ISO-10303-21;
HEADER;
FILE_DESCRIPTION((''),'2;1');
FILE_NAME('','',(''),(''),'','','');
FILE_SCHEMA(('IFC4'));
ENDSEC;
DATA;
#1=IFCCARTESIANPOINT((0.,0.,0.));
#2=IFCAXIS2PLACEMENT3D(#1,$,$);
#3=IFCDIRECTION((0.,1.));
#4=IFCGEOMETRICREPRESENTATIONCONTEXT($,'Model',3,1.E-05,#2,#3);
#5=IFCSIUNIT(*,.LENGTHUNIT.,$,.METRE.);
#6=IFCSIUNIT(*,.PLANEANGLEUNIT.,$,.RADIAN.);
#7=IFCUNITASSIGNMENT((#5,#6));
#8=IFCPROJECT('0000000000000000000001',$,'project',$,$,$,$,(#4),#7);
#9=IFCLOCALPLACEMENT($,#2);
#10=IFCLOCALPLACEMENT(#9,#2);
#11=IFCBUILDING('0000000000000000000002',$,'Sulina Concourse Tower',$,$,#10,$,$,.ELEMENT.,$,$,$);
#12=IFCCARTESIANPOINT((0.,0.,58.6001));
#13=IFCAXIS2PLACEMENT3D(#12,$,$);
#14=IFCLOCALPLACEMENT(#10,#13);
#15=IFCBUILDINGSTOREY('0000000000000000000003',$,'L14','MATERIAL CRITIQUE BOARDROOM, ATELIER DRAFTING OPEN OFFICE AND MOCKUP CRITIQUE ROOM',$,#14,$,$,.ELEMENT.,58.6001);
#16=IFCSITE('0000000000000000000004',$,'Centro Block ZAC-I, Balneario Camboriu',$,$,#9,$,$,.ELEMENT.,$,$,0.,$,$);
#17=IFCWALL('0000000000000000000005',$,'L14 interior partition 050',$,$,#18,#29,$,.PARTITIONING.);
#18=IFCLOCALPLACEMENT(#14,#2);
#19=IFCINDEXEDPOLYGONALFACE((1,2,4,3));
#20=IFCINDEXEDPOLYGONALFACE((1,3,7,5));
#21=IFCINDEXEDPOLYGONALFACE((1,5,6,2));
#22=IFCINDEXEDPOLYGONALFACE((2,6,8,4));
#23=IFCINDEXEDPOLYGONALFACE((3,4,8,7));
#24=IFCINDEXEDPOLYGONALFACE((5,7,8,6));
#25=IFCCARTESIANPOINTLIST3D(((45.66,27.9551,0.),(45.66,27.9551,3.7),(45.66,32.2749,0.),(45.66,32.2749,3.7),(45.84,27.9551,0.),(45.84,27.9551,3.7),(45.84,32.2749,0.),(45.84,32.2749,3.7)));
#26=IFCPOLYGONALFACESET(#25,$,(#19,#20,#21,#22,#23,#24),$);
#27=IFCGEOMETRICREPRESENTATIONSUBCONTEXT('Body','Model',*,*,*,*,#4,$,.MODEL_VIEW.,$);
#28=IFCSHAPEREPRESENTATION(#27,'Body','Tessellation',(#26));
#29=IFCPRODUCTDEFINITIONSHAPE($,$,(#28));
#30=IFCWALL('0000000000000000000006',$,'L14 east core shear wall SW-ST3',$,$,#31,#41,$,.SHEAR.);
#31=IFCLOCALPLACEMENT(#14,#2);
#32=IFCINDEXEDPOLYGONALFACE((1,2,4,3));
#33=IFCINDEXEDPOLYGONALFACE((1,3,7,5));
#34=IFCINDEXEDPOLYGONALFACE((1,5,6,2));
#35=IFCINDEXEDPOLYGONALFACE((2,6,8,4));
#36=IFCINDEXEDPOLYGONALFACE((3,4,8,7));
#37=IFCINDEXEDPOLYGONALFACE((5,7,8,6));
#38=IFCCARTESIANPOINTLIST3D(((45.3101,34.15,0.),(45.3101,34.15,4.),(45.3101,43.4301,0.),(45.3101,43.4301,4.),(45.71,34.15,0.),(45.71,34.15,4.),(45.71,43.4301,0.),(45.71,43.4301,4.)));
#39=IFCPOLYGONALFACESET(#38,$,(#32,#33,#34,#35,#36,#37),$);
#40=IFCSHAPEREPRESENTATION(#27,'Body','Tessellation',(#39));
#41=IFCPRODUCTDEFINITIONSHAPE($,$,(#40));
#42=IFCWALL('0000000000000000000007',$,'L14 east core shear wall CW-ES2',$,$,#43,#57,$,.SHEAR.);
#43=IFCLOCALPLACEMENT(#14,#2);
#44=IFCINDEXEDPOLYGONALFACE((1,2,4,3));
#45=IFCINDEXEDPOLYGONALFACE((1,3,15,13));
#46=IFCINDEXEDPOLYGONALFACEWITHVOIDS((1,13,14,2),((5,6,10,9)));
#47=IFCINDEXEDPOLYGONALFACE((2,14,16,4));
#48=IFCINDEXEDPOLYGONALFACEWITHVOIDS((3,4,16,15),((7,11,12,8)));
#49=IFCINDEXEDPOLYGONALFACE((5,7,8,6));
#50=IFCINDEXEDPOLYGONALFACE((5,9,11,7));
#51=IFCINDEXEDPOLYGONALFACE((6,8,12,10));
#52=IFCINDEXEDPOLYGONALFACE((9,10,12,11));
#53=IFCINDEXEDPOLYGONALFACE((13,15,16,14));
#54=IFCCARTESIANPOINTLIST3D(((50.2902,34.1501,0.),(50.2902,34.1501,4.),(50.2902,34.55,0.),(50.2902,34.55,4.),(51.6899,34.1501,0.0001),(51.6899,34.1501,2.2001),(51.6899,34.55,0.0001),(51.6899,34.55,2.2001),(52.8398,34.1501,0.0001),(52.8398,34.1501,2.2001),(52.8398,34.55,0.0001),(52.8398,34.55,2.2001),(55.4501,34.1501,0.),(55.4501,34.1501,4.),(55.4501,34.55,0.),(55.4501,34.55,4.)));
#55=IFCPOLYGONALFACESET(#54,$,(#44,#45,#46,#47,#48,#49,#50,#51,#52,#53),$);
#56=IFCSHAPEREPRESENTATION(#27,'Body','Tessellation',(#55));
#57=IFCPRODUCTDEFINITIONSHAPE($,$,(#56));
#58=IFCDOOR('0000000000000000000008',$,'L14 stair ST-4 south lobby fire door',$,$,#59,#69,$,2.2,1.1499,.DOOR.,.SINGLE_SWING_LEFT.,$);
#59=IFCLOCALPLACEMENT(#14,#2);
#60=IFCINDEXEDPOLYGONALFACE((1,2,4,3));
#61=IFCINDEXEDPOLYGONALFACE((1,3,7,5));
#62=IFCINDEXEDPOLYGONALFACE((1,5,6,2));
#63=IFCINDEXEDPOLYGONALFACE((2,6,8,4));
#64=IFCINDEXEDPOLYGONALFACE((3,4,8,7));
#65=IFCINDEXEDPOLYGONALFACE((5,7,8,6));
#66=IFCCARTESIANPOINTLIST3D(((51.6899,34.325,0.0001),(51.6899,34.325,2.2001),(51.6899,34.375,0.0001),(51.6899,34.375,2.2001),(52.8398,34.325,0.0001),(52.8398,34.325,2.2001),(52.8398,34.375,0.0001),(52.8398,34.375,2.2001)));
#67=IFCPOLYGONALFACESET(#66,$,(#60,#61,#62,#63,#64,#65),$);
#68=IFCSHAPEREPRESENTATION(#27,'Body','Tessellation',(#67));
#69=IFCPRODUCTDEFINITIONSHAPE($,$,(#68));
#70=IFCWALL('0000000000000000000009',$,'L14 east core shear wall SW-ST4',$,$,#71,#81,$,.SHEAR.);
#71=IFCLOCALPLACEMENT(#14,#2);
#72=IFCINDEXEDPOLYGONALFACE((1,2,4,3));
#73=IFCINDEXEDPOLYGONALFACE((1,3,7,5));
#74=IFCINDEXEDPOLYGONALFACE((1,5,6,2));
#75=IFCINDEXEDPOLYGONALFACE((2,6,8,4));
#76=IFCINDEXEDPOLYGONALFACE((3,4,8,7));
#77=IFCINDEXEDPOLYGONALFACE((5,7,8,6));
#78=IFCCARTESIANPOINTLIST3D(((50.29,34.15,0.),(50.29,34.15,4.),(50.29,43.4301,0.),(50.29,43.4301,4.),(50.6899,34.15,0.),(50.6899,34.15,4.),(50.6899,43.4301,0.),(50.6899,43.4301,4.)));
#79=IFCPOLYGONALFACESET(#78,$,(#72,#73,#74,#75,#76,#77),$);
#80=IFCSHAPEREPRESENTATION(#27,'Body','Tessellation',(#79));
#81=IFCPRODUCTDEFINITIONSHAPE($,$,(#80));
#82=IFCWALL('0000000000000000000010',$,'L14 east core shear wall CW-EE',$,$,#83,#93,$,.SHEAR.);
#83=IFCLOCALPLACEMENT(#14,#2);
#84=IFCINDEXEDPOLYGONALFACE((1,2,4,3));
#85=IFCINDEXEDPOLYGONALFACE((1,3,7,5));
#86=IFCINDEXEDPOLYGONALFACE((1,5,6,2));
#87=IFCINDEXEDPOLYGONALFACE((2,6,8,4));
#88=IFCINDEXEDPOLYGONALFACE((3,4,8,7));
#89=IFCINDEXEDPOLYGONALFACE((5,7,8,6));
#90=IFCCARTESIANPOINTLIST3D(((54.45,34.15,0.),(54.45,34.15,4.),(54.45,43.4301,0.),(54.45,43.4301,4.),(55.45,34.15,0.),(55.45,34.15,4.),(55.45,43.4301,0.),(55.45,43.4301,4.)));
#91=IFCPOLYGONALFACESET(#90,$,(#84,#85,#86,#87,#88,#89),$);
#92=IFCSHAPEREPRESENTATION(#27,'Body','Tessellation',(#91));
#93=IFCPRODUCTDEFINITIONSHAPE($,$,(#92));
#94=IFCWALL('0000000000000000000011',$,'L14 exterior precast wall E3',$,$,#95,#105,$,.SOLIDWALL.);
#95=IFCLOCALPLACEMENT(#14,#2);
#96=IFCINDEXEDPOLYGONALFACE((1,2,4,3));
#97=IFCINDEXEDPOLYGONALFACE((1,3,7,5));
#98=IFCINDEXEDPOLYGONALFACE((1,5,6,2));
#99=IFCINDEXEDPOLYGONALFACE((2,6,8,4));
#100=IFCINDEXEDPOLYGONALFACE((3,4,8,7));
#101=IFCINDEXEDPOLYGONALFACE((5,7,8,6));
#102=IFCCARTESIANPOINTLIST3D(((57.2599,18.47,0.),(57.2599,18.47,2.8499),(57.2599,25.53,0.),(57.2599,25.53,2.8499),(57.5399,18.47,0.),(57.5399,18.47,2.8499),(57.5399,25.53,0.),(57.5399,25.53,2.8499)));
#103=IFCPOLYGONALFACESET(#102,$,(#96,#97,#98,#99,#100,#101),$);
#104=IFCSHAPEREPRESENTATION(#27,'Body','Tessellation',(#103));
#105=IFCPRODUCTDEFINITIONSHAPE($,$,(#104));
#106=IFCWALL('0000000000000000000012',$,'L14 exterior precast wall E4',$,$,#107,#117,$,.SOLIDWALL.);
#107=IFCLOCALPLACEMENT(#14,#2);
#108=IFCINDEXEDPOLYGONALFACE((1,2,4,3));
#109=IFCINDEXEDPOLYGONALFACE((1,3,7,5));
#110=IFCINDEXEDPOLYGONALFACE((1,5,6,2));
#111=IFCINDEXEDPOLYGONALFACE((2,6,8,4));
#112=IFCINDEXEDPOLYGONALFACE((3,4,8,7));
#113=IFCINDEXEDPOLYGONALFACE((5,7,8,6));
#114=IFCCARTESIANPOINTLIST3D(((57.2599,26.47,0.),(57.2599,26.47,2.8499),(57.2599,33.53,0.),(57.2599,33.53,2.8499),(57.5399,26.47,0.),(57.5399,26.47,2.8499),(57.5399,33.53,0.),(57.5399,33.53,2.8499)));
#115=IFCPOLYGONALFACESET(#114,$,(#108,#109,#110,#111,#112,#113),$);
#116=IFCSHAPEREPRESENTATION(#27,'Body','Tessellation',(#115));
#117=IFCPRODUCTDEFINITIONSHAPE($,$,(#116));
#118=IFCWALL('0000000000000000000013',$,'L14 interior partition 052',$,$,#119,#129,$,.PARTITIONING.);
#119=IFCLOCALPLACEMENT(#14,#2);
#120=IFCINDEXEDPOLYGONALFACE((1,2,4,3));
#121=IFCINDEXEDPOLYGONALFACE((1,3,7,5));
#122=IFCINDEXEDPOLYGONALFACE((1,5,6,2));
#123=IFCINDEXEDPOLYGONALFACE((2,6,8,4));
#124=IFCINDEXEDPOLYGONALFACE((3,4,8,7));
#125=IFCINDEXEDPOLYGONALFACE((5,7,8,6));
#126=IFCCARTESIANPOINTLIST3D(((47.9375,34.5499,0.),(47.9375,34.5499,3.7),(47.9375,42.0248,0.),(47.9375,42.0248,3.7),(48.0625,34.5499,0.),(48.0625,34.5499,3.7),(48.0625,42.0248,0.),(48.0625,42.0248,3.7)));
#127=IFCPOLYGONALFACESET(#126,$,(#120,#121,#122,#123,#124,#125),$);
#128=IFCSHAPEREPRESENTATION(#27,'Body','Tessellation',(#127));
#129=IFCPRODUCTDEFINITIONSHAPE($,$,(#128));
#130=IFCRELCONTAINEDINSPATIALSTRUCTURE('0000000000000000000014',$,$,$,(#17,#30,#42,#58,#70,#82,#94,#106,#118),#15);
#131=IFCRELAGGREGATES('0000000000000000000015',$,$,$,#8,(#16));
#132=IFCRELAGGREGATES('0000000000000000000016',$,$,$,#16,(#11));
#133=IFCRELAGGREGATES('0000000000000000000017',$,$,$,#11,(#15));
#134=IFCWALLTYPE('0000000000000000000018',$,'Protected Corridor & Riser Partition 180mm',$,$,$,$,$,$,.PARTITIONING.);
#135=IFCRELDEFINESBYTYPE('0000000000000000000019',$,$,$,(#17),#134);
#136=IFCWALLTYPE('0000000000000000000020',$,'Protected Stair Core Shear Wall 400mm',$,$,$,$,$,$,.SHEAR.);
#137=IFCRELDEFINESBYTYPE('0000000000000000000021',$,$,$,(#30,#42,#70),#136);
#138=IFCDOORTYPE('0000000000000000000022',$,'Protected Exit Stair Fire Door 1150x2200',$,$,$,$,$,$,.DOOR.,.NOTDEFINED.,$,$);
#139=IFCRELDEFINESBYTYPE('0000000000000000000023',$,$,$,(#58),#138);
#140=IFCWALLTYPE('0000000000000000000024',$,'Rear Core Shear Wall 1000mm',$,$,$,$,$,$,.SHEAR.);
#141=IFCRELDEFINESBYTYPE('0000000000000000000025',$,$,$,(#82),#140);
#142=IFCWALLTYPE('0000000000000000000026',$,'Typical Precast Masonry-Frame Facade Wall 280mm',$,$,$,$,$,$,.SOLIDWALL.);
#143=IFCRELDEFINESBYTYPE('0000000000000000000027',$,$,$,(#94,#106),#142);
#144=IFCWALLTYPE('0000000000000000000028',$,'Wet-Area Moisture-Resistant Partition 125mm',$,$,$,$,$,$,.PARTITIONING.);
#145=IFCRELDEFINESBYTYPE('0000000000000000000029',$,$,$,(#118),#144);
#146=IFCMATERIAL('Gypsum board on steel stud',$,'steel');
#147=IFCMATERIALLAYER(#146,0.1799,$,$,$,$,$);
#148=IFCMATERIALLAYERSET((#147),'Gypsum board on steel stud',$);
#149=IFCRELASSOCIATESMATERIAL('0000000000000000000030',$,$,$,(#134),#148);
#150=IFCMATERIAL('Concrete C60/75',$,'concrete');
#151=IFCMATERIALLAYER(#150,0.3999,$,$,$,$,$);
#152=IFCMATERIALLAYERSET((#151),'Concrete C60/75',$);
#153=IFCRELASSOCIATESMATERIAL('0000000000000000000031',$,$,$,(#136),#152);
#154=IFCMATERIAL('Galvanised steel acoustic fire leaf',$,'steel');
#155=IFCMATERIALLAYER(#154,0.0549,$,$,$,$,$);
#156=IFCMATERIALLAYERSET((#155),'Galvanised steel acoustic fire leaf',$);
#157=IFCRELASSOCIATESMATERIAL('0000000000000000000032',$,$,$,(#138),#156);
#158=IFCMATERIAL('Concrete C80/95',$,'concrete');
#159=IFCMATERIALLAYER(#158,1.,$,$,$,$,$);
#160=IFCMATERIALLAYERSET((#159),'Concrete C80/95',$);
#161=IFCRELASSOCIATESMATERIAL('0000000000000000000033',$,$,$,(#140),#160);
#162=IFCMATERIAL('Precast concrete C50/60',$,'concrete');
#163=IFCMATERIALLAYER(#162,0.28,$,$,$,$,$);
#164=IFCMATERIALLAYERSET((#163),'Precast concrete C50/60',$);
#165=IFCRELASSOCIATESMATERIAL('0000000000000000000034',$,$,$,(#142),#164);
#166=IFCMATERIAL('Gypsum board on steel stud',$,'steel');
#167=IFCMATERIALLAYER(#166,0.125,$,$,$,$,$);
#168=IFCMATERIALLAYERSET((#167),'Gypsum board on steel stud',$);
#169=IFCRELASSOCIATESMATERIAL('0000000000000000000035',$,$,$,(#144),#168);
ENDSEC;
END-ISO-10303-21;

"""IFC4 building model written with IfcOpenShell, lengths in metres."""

from ifc_helpers import new_model, si_unit, direction, frame, frame_2d, origin, place, context, subcontext, project, spatial, rectangle, extrude, material, layer, layer_set, type_object, element, fill, save


model = new_model("IFC4")

# Units and contexts
model_context = context("Model", 3, precision=1e-05, world=origin(), true_north=direction((0.0, 1.0)))
body_context = subcontext(model_context, "Body", "Model", "MODEL_VIEW")
ifc_project = project(units=[si_unit("LENGTHUNIT", "METRE"), si_unit("PLANEANGLEUNIT", "RADIAN")], contexts=[model_context])

# Site, building, storey
site_placement = place(None, origin())
site = spatial("IfcSite", under=ifc_project, at=site_placement, Name="Centro Block ZAC-I, Balneario Camboriu", CompositionType="ELEMENT", RefElevation=0.0)
building_placement = place(site_placement, origin())
building = spatial("IfcBuilding", under=site, at=building_placement, Name="Sulina Concourse Tower", CompositionType="ELEMENT")
storey_placement = place(building_placement, frame((0.0, 0.0, 58.6001)))
storey = spatial("IfcBuildingStorey", under=building, at=storey_placement, Name="L14", Description="MATERIAL CRITIQUE BOARDROOM, ATELIER DRAFTING OPEN OFFICE AND MOCKUP CRITIQUE ROOM", CompositionType="ELEMENT", Elevation=58.6001)

# Walls
ifc_material_1 = material(Name="Gypsum board on steel stud", Category="steel")
ifc_layer_1 = layer(ifc_material_1, 0.1799)
ifc_layer_set_1 = layer_set([ifc_layer_1], Name="Gypsum board on steel stud")
wall_type_1 = type_object("IfcWallType", Name="Protected Corridor & Riser Partition 180mm", PredefinedType="PARTITIONING", material=ifc_layer_set_1)
wall_1_placement = place(storey_placement, frame((45.75, 27.9551, 0.0), z_axis=(0.0, 0.0, 1.0), x_axis=(0.0, 1.0, 0.0)))
element("IfcWall", 1, at=wall_1_placement, inside=storey, type_object=wall_type_1, Name="L14 interior partition 050", PredefinedType="PARTITIONING", context=body_context, shape_type="SweptSolid", body=[
    extrude(rectangle(XDim=4.3198, YDim=0.1799, at=frame_2d((2.1599, 0.0))), origin(), (0.0, 0.0, 1.0), 3.7),
])
ifc_material_2 = material(Name="Concrete C60/75", Category="concrete")
ifc_layer_2 = layer(ifc_material_2, 0.3999)
ifc_layer_set_2 = layer_set([ifc_layer_2], Name="Concrete C60/75")
wall_type_2 = type_object("IfcWallType", Name="Protected Stair Core Shear Wall 400mm", PredefinedType="SHEAR", material=ifc_layer_set_2)
wall_2_placement = place(storey_placement, frame((45.51, 34.1499, 0.0), z_axis=(0.0, 0.0, 1.0), x_axis=(0.0, 1.0, 0.0)))
element("IfcWall", 2, at=wall_2_placement, inside=storey, type_object=wall_type_2, Name="L14 east core shear wall SW-ST3", PredefinedType="SHEAR", context=body_context, shape_type="SweptSolid", body=[
    extrude(rectangle(XDim=9.28, YDim=0.3999, at=frame_2d((4.6401, 0.0))), origin(), (0.0, 0.0, 1.0), 4.0),
])

# Wall, opening, door
wall_3_placement = place(storey_placement, frame((50.29, 34.3501, 0.0), z_axis=(0.0, 0.0, 1.0), x_axis=(1.0, 0.0, 0.0)))
wall_3 = element("IfcWall", 3, at=wall_3_placement, inside=storey, type_object=wall_type_2, Name="L14 east core shear wall CW-ES2", PredefinedType="SHEAR", context=body_context, shape_type="SweptSolid", body=[
    extrude(rectangle(XDim=5.1599, YDim=0.3999, at=frame_2d((2.5801, 0.0))), origin(), (0.0, 0.0, 1.0), 4.0),
])
opening_1_placement = place(wall_3_placement, frame((1.3999, 0.0, 0.0)))
opening_1 = element("IfcOpeningElement", 4, at=opening_1_placement, cuts=wall_3, PredefinedType="OPENING", context=body_context, shape_type="SweptSolid", body=[
    extrude(rectangle(XDim=1.1499, YDim=2.2, at=frame_2d((0.575, 1.1001))), frame((0.0, 0.21, 0.0), z_axis=(0.0, -1.0, 0.0), x_axis=(1.0, 0.0, 0.0)), (0.0, 0.0, 1.0), 0.4199),
])
ifc_material_3 = material(Name="Galvanised steel acoustic fire leaf", Category="steel")
ifc_layer_3 = layer(ifc_material_3, 0.0549)
ifc_layer_set_3 = layer_set([ifc_layer_3], Name="Galvanised steel acoustic fire leaf")
door_type_1 = type_object("IfcDoorType", Name="Protected Exit Stair Fire Door 1150x2200", OperationType="NOTDEFINED", PredefinedType="DOOR", material=ifc_layer_set_3)
door_1_placement = place(opening_1_placement, origin())
door_1 = element("IfcDoor", 5, at=door_1_placement, inside=storey, type_object=door_type_1, Name="L14 stair ST-4 south lobby fire door", OperationType="SINGLE_SWING_LEFT", OverallHeight=2.2, OverallWidth=1.1499, PredefinedType="DOOR", context=body_context, shape_type="SweptSolid", body=[
    extrude(rectangle(XDim=1.1499, YDim=2.2, at=frame_2d((0.575, 1.1001))), frame((0.0, 0.0249, 0.0), z_axis=(0.0, -1.0, 0.0), x_axis=(1.0, 0.0, 0.0)), (0.0, 0.0, 1.0), 0.05),
])
fill(opening_1, door_1)

# Walls
wall_4_placement = place(storey_placement, frame((50.49, 34.1499, 0.0), z_axis=(0.0, 0.0, 1.0), x_axis=(0.0, 1.0, 0.0)))
element("IfcWall", 6, at=wall_4_placement, inside=storey, type_object=wall_type_2, Name="L14 east core shear wall SW-ST4", PredefinedType="SHEAR", context=body_context, shape_type="SweptSolid", body=[
    extrude(rectangle(XDim=9.28, YDim=0.3999, at=frame_2d((4.6401, 0.0))), origin(), (0.0, 0.0, 1.0), 4.0),
])
ifc_material_4 = material(Name="Concrete C80/95", Category="concrete")
ifc_layer_4 = layer(ifc_material_4, 1.0)
ifc_layer_set_4 = layer_set([ifc_layer_4], Name="Concrete C80/95")
wall_type_3 = type_object("IfcWallType", Name="Rear Core Shear Wall 1000mm", PredefinedType="SHEAR", material=ifc_layer_set_4)
wall_5_placement = place(storey_placement, frame((54.95, 34.1499, 0.0), z_axis=(0.0, 0.0, 1.0), x_axis=(0.0, 1.0, 0.0)))
element("IfcWall", 7, at=wall_5_placement, inside=storey, type_object=wall_type_3, Name="L14 east core shear wall CW-EE", PredefinedType="SHEAR", context=body_context, shape_type="SweptSolid", body=[
    extrude(rectangle(XDim=9.28, YDim=1.0, at=frame_2d((4.6401, 0.0))), origin(), (0.0, 0.0, 1.0), 4.0),
])
ifc_material_5 = material(Name="Precast concrete C50/60", Category="concrete")
ifc_layer_5 = layer(ifc_material_5, 0.28)
ifc_layer_set_5 = layer_set([ifc_layer_5], Name="Precast concrete C50/60")
wall_type_4 = type_object("IfcWallType", Name="Typical Precast Masonry-Frame Facade Wall 280mm", PredefinedType="SOLIDWALL", material=ifc_layer_set_5)
for number, where, z_axis, x_axis, name in (
    (8, (57.3999, 25.53, 0.0), (0.0, 0.0, 1.0), (0.0, -1.0, 0.0), "L14 exterior precast wall E3"),
    (9, (57.3999, 33.53, 0.0), (0.0, 0.0, 1.0), (0.0, -1.0, 0.0), "L14 exterior precast wall E4"),
):
    element("IfcWall", number, at=place(storey_placement, frame(where, z_axis=z_axis, x_axis=x_axis)), inside=storey, type_object=wall_type_4, Name=name, PredefinedType="SOLIDWALL", context=body_context, shape_type="SweptSolid", body=[
        extrude(rectangle(XDim=7.0601, YDim=0.28, at=frame_2d((3.53, 0.0))), origin(), (0.0, 0.0, 1.0), 2.8499),
    ])
ifc_material_6 = material(Name="Gypsum board on steel stud", Category="steel")
ifc_layer_6 = layer(ifc_material_6, 0.125)
ifc_layer_set_6 = layer_set([ifc_layer_6], Name="Gypsum board on steel stud")
wall_type_5 = type_object("IfcWallType", Name="Wet-Area Moisture-Resistant Partition 125mm", PredefinedType="PARTITIONING", material=ifc_layer_set_6)
wall_6_placement = place(storey_placement, frame((48.0, 34.55, 0.0), z_axis=(0.0, 0.0, 1.0), x_axis=(0.0, 1.0, 0.0)))
element("IfcWall", 10, at=wall_6_placement, inside=storey, type_object=wall_type_5, Name="L14 interior partition 052", PredefinedType="PARTITIONING", context=body_context, shape_type="SweptSolid", body=[
    extrude(rectangle(XDim=7.4749, YDim=0.125, at=frame_2d((3.7373, 0.0))), origin(), (0.0, 0.0, 1.0), 3.7),
])

save(model, "model.ifc")
